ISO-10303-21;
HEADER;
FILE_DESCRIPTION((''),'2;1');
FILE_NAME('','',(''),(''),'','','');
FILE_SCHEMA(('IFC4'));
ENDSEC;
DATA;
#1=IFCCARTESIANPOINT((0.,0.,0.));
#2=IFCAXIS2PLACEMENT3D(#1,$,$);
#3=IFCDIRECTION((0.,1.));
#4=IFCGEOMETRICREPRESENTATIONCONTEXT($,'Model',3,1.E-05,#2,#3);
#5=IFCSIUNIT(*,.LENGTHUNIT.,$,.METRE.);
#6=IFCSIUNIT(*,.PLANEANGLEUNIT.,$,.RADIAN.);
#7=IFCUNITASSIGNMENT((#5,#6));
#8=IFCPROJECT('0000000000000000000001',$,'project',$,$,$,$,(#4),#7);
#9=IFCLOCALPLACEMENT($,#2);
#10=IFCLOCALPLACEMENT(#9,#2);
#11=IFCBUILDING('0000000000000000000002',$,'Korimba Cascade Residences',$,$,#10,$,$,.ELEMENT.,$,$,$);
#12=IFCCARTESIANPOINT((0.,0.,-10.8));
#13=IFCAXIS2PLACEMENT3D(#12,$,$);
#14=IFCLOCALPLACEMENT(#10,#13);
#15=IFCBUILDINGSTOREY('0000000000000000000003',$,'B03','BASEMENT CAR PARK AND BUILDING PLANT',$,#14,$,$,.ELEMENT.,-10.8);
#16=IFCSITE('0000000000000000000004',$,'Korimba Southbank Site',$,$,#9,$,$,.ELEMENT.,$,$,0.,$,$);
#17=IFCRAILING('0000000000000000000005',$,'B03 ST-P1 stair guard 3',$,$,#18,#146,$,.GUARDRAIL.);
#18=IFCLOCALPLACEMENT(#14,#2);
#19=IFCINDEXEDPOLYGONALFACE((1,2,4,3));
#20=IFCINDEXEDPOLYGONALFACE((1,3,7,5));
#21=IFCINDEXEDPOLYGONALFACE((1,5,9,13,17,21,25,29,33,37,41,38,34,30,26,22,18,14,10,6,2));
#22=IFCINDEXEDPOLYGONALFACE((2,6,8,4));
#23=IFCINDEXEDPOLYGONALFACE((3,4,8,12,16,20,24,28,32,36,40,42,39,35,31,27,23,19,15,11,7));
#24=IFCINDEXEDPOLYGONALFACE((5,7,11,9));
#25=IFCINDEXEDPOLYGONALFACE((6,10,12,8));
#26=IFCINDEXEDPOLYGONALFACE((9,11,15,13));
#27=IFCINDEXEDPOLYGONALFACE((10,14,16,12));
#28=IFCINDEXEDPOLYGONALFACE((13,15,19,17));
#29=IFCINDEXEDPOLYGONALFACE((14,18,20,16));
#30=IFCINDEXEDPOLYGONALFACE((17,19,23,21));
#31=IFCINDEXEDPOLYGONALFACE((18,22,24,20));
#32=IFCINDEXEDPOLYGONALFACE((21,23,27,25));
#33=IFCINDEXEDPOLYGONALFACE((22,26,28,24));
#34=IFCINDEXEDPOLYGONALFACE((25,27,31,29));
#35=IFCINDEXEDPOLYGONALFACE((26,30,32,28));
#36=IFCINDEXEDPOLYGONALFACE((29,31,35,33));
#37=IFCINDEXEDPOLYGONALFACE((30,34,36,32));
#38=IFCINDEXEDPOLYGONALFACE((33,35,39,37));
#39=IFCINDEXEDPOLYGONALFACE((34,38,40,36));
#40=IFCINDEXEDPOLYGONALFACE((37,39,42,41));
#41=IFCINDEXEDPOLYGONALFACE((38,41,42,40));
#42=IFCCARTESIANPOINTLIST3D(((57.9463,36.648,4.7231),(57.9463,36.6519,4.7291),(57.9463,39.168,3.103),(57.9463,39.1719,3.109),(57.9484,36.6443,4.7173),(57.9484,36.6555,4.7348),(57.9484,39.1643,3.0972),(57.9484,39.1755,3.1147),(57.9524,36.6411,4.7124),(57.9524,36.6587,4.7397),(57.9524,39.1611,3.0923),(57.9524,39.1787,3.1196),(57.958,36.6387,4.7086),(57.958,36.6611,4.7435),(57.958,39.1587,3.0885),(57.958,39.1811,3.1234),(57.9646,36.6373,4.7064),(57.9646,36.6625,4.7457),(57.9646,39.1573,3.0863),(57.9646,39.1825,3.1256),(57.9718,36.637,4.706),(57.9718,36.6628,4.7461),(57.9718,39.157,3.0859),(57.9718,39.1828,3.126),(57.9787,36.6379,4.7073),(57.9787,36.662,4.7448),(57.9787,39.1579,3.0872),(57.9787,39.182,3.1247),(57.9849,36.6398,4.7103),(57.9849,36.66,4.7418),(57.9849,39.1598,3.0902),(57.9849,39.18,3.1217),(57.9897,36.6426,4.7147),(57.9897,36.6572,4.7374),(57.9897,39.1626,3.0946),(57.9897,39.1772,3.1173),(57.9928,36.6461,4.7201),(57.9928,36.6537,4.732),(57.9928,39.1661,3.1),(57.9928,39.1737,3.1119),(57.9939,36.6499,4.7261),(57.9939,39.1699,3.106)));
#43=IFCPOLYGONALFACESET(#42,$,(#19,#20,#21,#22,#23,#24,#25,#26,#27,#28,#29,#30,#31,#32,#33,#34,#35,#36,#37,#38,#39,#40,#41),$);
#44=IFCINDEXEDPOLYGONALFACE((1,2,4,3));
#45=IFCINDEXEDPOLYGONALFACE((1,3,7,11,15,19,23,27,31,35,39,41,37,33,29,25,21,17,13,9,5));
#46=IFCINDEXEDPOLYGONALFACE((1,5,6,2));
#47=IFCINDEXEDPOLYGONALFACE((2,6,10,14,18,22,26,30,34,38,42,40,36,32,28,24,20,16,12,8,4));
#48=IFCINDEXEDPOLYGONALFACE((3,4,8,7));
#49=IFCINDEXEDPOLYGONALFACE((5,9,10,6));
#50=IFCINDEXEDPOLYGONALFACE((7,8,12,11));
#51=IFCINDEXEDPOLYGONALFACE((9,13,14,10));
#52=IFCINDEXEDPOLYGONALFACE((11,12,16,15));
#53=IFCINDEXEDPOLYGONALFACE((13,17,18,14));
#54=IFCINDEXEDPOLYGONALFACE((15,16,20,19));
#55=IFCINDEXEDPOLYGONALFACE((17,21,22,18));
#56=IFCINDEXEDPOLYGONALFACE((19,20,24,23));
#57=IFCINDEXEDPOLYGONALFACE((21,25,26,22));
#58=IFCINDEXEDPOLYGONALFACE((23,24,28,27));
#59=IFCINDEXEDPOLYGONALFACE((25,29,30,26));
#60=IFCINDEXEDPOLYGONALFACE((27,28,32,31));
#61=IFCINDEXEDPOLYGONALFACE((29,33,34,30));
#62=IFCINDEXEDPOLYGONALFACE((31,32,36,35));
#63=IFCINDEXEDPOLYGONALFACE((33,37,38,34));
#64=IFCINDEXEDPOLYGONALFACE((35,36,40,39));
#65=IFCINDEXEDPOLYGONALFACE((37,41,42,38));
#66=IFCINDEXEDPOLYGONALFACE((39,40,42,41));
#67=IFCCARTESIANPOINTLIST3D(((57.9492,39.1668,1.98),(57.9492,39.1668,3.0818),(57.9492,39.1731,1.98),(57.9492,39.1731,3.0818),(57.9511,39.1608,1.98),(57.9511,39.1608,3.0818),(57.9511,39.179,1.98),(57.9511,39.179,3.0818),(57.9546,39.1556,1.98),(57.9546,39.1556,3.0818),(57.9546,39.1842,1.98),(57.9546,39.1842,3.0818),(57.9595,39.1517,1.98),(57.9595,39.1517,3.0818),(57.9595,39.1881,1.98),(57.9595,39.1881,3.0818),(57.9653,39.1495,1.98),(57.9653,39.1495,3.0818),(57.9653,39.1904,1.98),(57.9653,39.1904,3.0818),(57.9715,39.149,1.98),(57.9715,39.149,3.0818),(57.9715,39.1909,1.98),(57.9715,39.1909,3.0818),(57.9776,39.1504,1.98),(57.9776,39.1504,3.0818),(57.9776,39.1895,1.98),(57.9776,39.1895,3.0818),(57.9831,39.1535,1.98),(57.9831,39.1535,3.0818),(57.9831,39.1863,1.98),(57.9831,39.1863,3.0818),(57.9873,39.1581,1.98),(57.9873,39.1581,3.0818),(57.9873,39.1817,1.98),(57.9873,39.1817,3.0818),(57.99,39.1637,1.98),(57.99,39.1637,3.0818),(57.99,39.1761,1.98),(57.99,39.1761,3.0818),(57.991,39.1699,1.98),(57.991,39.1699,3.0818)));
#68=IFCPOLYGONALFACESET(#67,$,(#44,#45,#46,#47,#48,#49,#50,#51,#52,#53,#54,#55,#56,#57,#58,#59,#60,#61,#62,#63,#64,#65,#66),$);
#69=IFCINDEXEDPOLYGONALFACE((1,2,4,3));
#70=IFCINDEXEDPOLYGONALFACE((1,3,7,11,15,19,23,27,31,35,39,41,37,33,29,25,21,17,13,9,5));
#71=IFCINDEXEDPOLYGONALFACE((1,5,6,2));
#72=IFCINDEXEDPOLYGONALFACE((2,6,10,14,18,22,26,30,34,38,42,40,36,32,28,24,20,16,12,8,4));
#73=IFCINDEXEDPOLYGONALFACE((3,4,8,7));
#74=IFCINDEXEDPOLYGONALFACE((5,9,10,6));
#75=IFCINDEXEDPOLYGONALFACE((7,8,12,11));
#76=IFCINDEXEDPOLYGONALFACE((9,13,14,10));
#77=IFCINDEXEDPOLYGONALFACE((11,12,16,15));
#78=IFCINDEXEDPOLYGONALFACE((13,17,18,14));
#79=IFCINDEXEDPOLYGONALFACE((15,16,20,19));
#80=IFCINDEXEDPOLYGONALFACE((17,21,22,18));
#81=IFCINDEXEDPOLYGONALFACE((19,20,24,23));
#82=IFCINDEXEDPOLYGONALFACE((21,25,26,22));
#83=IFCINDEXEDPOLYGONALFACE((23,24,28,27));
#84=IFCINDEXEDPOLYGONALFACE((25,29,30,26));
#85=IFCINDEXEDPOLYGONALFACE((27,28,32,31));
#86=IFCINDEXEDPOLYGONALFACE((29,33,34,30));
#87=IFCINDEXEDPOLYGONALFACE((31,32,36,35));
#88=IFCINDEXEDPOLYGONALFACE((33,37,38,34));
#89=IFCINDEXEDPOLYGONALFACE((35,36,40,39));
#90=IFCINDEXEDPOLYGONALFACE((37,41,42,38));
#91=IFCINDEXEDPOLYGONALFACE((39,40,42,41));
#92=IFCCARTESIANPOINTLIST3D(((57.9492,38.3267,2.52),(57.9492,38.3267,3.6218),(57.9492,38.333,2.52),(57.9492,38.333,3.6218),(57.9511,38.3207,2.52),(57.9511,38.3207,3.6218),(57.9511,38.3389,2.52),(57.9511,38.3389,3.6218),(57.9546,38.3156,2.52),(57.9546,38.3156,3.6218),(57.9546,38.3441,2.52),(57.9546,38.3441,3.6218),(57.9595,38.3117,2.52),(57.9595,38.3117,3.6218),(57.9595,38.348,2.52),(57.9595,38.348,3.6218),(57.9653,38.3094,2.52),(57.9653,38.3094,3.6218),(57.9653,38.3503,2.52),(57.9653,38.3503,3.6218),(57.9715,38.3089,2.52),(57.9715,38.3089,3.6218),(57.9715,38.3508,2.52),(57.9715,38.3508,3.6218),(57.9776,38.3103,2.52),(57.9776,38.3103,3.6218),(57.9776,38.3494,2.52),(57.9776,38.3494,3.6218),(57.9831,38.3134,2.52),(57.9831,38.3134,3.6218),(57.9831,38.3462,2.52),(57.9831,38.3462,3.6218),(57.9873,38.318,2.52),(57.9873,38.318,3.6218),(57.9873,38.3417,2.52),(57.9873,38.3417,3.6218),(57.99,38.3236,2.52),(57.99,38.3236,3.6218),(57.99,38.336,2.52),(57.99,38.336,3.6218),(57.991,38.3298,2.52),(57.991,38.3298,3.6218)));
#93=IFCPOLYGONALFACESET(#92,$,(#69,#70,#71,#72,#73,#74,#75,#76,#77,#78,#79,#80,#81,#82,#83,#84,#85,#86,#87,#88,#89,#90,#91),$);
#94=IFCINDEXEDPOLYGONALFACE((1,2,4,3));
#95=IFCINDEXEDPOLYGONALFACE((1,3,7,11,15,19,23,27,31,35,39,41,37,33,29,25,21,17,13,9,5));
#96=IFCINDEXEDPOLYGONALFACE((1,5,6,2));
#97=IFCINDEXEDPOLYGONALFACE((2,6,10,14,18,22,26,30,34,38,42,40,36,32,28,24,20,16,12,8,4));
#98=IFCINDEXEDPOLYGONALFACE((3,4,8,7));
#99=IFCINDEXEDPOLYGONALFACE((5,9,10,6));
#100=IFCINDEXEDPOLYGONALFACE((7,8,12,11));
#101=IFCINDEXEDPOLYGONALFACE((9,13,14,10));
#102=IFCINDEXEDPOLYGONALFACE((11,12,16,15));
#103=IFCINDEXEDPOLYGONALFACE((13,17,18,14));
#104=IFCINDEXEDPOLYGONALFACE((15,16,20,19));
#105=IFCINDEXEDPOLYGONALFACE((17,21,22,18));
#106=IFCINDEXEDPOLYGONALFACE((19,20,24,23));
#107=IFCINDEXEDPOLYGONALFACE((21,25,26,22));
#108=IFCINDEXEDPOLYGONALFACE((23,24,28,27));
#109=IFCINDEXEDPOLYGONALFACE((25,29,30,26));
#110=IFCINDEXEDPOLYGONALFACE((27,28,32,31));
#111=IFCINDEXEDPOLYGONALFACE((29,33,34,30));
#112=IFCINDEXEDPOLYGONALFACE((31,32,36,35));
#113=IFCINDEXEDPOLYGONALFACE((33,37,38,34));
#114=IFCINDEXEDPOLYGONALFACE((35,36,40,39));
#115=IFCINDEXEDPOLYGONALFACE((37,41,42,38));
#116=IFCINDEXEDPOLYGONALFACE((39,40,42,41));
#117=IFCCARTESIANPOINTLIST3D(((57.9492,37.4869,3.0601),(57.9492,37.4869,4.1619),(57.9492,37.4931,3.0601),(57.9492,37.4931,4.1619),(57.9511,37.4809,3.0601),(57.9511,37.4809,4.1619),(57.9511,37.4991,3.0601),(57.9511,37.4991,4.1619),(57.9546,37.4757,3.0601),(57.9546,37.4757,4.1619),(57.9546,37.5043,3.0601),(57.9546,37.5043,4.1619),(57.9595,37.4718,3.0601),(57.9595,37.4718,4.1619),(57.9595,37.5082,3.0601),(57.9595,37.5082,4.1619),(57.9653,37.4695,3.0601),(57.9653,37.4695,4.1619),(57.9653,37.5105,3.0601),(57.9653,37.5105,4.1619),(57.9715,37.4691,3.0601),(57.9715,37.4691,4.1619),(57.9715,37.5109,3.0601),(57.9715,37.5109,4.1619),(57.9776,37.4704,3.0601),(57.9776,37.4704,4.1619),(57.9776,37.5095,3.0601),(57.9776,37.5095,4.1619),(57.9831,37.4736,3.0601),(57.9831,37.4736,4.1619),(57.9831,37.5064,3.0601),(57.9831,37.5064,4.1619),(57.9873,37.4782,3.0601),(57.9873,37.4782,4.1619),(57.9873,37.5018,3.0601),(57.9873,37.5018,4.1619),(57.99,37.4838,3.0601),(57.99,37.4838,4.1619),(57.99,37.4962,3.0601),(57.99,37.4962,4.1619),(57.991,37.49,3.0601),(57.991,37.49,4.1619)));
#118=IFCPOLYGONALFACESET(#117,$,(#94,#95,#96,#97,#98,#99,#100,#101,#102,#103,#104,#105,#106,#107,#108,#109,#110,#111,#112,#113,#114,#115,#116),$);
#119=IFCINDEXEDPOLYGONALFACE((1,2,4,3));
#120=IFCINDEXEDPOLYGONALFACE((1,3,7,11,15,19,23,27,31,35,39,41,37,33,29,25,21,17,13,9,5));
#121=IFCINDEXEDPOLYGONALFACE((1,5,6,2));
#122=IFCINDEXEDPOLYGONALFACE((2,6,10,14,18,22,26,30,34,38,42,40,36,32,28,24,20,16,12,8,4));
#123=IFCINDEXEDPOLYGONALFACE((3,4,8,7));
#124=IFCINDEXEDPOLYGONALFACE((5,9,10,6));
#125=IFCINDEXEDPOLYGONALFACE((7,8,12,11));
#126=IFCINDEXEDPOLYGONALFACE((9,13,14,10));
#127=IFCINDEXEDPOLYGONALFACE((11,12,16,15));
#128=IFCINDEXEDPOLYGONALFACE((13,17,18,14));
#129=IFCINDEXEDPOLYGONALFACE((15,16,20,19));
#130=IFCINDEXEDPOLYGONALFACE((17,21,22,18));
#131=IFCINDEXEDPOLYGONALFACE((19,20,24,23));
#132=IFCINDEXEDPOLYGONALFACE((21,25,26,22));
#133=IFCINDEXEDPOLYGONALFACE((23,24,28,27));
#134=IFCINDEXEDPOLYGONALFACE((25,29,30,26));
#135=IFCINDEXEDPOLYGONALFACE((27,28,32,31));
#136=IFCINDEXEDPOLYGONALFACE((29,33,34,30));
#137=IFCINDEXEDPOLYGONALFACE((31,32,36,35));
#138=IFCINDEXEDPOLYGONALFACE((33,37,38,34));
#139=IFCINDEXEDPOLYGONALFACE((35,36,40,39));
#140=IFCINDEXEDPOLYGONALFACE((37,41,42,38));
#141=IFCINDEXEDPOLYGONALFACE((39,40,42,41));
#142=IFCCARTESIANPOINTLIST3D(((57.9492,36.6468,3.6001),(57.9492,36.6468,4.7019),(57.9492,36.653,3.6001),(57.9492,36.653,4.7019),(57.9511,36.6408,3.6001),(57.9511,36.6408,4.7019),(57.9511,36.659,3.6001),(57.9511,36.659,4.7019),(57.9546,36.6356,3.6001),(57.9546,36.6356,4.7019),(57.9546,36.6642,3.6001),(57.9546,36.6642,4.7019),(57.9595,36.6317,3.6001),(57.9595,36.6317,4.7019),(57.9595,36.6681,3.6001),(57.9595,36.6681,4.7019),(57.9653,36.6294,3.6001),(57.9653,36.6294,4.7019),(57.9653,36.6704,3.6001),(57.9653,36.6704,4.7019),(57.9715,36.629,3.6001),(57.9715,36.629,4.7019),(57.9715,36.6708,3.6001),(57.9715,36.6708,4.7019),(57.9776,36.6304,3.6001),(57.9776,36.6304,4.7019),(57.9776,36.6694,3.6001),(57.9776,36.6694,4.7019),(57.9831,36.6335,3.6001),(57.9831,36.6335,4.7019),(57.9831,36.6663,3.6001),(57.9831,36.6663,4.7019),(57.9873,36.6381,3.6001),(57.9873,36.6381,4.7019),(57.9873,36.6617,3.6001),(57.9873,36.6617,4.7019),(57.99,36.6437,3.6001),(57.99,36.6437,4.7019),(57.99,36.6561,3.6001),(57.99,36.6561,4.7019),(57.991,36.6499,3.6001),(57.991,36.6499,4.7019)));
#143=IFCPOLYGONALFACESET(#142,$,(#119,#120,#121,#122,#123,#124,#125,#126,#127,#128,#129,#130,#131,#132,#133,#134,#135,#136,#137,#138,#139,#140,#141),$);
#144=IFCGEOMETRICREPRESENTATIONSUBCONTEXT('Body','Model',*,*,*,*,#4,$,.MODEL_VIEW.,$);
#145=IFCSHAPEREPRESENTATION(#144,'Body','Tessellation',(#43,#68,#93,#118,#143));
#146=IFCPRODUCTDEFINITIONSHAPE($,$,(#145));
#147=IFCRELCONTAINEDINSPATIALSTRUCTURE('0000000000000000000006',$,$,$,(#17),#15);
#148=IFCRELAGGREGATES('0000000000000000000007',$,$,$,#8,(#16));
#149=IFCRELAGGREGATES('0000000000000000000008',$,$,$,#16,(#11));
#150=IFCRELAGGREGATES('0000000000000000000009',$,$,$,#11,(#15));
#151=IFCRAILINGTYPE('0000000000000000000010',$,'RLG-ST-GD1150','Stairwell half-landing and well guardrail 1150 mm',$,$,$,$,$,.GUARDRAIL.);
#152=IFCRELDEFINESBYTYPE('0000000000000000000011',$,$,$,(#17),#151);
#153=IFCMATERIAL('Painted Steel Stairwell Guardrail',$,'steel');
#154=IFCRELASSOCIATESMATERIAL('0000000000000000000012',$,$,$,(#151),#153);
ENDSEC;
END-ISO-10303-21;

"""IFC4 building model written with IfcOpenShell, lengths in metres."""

from ifc_helpers import new_model, si_unit, direction, frame, origin, origin_2d, place, context, subcontext, project, spatial, circle, extrude, material, type_object, element, save


model = new_model("IFC4")

# Units and contexts
model_context = context("Model", 3, precision=1e-05, world=origin(), true_north=direction((0.0, 1.0)))
body_context = subcontext(model_context, "Body", "Model", "MODEL_VIEW")
ifc_project = project(units=[si_unit("LENGTHUNIT", "METRE"), si_unit("PLANEANGLEUNIT", "RADIAN")], contexts=[model_context])

# Site, building, storey
site_placement = place(None, origin())
site = spatial("IfcSite", under=ifc_project, at=site_placement, Name="Korimba Southbank Site", CompositionType="ELEMENT", RefElevation=0.0)
building_placement = place(site_placement, origin())
building = spatial("IfcBuilding", under=site, at=building_placement, Name="Korimba Cascade Residences", CompositionType="ELEMENT")
storey_placement = place(building_placement, frame((0.0, 0.0, -10.8)))
storey = spatial("IfcBuildingStorey", under=building, at=storey_placement, Name="B03", Description="BASEMENT CAR PARK AND BUILDING PLANT", CompositionType="ELEMENT", Elevation=-10.8)

# Railing
ifc_material_1 = material(Name="Painted Steel Stairwell Guardrail", Category="steel")
railing_type_1 = type_object("IfcRailingType", Name="RLG-ST-GD1150", Description="Stairwell half-landing and well guardrail 1150 mm", PredefinedType="GUARDRAIL", material=ifc_material_1)
railing_1_placement = place(storey_placement, frame((57.97, 39.1699, 1.98)))
element("IfcRailing", 1, at=railing_1_placement, inside=storey, type_object=railing_type_1, Name="B03 ST-P1 stair guard 3", PredefinedType="GUARDRAIL", context=body_context, shape_type="SweptSolid", body=[
    extrude(circle(Radius=0.0239, at=origin_2d()), frame((0.0, 0.0, 1.126), z_axis=(0.0, -0.841163, 0.540782), x_axis=(1.0, 0.0, 0.0)), (0.0, 0.0, 1.0), 2.9958),
    extrude(circle(Radius=0.021, at=origin_2d()), origin(), (0.0, 0.0, 1.0), 1.1018),
    extrude(circle(Radius=0.021, at=origin_2d()), frame((0.0, -0.8401, 0.54)), (0.0, 0.0, 1.0), 1.1018),
    extrude(circle(Radius=0.021, at=origin_2d()), frame((0.0, -1.6799, 1.0801)), (0.0, 0.0, 1.0), 1.1018),
    extrude(circle(Radius=0.021, at=origin_2d()), frame((0.0, -2.52, 1.6201)), (0.0, 0.0, 1.0), 1.1018),
])

save(model, "model.ifc")
